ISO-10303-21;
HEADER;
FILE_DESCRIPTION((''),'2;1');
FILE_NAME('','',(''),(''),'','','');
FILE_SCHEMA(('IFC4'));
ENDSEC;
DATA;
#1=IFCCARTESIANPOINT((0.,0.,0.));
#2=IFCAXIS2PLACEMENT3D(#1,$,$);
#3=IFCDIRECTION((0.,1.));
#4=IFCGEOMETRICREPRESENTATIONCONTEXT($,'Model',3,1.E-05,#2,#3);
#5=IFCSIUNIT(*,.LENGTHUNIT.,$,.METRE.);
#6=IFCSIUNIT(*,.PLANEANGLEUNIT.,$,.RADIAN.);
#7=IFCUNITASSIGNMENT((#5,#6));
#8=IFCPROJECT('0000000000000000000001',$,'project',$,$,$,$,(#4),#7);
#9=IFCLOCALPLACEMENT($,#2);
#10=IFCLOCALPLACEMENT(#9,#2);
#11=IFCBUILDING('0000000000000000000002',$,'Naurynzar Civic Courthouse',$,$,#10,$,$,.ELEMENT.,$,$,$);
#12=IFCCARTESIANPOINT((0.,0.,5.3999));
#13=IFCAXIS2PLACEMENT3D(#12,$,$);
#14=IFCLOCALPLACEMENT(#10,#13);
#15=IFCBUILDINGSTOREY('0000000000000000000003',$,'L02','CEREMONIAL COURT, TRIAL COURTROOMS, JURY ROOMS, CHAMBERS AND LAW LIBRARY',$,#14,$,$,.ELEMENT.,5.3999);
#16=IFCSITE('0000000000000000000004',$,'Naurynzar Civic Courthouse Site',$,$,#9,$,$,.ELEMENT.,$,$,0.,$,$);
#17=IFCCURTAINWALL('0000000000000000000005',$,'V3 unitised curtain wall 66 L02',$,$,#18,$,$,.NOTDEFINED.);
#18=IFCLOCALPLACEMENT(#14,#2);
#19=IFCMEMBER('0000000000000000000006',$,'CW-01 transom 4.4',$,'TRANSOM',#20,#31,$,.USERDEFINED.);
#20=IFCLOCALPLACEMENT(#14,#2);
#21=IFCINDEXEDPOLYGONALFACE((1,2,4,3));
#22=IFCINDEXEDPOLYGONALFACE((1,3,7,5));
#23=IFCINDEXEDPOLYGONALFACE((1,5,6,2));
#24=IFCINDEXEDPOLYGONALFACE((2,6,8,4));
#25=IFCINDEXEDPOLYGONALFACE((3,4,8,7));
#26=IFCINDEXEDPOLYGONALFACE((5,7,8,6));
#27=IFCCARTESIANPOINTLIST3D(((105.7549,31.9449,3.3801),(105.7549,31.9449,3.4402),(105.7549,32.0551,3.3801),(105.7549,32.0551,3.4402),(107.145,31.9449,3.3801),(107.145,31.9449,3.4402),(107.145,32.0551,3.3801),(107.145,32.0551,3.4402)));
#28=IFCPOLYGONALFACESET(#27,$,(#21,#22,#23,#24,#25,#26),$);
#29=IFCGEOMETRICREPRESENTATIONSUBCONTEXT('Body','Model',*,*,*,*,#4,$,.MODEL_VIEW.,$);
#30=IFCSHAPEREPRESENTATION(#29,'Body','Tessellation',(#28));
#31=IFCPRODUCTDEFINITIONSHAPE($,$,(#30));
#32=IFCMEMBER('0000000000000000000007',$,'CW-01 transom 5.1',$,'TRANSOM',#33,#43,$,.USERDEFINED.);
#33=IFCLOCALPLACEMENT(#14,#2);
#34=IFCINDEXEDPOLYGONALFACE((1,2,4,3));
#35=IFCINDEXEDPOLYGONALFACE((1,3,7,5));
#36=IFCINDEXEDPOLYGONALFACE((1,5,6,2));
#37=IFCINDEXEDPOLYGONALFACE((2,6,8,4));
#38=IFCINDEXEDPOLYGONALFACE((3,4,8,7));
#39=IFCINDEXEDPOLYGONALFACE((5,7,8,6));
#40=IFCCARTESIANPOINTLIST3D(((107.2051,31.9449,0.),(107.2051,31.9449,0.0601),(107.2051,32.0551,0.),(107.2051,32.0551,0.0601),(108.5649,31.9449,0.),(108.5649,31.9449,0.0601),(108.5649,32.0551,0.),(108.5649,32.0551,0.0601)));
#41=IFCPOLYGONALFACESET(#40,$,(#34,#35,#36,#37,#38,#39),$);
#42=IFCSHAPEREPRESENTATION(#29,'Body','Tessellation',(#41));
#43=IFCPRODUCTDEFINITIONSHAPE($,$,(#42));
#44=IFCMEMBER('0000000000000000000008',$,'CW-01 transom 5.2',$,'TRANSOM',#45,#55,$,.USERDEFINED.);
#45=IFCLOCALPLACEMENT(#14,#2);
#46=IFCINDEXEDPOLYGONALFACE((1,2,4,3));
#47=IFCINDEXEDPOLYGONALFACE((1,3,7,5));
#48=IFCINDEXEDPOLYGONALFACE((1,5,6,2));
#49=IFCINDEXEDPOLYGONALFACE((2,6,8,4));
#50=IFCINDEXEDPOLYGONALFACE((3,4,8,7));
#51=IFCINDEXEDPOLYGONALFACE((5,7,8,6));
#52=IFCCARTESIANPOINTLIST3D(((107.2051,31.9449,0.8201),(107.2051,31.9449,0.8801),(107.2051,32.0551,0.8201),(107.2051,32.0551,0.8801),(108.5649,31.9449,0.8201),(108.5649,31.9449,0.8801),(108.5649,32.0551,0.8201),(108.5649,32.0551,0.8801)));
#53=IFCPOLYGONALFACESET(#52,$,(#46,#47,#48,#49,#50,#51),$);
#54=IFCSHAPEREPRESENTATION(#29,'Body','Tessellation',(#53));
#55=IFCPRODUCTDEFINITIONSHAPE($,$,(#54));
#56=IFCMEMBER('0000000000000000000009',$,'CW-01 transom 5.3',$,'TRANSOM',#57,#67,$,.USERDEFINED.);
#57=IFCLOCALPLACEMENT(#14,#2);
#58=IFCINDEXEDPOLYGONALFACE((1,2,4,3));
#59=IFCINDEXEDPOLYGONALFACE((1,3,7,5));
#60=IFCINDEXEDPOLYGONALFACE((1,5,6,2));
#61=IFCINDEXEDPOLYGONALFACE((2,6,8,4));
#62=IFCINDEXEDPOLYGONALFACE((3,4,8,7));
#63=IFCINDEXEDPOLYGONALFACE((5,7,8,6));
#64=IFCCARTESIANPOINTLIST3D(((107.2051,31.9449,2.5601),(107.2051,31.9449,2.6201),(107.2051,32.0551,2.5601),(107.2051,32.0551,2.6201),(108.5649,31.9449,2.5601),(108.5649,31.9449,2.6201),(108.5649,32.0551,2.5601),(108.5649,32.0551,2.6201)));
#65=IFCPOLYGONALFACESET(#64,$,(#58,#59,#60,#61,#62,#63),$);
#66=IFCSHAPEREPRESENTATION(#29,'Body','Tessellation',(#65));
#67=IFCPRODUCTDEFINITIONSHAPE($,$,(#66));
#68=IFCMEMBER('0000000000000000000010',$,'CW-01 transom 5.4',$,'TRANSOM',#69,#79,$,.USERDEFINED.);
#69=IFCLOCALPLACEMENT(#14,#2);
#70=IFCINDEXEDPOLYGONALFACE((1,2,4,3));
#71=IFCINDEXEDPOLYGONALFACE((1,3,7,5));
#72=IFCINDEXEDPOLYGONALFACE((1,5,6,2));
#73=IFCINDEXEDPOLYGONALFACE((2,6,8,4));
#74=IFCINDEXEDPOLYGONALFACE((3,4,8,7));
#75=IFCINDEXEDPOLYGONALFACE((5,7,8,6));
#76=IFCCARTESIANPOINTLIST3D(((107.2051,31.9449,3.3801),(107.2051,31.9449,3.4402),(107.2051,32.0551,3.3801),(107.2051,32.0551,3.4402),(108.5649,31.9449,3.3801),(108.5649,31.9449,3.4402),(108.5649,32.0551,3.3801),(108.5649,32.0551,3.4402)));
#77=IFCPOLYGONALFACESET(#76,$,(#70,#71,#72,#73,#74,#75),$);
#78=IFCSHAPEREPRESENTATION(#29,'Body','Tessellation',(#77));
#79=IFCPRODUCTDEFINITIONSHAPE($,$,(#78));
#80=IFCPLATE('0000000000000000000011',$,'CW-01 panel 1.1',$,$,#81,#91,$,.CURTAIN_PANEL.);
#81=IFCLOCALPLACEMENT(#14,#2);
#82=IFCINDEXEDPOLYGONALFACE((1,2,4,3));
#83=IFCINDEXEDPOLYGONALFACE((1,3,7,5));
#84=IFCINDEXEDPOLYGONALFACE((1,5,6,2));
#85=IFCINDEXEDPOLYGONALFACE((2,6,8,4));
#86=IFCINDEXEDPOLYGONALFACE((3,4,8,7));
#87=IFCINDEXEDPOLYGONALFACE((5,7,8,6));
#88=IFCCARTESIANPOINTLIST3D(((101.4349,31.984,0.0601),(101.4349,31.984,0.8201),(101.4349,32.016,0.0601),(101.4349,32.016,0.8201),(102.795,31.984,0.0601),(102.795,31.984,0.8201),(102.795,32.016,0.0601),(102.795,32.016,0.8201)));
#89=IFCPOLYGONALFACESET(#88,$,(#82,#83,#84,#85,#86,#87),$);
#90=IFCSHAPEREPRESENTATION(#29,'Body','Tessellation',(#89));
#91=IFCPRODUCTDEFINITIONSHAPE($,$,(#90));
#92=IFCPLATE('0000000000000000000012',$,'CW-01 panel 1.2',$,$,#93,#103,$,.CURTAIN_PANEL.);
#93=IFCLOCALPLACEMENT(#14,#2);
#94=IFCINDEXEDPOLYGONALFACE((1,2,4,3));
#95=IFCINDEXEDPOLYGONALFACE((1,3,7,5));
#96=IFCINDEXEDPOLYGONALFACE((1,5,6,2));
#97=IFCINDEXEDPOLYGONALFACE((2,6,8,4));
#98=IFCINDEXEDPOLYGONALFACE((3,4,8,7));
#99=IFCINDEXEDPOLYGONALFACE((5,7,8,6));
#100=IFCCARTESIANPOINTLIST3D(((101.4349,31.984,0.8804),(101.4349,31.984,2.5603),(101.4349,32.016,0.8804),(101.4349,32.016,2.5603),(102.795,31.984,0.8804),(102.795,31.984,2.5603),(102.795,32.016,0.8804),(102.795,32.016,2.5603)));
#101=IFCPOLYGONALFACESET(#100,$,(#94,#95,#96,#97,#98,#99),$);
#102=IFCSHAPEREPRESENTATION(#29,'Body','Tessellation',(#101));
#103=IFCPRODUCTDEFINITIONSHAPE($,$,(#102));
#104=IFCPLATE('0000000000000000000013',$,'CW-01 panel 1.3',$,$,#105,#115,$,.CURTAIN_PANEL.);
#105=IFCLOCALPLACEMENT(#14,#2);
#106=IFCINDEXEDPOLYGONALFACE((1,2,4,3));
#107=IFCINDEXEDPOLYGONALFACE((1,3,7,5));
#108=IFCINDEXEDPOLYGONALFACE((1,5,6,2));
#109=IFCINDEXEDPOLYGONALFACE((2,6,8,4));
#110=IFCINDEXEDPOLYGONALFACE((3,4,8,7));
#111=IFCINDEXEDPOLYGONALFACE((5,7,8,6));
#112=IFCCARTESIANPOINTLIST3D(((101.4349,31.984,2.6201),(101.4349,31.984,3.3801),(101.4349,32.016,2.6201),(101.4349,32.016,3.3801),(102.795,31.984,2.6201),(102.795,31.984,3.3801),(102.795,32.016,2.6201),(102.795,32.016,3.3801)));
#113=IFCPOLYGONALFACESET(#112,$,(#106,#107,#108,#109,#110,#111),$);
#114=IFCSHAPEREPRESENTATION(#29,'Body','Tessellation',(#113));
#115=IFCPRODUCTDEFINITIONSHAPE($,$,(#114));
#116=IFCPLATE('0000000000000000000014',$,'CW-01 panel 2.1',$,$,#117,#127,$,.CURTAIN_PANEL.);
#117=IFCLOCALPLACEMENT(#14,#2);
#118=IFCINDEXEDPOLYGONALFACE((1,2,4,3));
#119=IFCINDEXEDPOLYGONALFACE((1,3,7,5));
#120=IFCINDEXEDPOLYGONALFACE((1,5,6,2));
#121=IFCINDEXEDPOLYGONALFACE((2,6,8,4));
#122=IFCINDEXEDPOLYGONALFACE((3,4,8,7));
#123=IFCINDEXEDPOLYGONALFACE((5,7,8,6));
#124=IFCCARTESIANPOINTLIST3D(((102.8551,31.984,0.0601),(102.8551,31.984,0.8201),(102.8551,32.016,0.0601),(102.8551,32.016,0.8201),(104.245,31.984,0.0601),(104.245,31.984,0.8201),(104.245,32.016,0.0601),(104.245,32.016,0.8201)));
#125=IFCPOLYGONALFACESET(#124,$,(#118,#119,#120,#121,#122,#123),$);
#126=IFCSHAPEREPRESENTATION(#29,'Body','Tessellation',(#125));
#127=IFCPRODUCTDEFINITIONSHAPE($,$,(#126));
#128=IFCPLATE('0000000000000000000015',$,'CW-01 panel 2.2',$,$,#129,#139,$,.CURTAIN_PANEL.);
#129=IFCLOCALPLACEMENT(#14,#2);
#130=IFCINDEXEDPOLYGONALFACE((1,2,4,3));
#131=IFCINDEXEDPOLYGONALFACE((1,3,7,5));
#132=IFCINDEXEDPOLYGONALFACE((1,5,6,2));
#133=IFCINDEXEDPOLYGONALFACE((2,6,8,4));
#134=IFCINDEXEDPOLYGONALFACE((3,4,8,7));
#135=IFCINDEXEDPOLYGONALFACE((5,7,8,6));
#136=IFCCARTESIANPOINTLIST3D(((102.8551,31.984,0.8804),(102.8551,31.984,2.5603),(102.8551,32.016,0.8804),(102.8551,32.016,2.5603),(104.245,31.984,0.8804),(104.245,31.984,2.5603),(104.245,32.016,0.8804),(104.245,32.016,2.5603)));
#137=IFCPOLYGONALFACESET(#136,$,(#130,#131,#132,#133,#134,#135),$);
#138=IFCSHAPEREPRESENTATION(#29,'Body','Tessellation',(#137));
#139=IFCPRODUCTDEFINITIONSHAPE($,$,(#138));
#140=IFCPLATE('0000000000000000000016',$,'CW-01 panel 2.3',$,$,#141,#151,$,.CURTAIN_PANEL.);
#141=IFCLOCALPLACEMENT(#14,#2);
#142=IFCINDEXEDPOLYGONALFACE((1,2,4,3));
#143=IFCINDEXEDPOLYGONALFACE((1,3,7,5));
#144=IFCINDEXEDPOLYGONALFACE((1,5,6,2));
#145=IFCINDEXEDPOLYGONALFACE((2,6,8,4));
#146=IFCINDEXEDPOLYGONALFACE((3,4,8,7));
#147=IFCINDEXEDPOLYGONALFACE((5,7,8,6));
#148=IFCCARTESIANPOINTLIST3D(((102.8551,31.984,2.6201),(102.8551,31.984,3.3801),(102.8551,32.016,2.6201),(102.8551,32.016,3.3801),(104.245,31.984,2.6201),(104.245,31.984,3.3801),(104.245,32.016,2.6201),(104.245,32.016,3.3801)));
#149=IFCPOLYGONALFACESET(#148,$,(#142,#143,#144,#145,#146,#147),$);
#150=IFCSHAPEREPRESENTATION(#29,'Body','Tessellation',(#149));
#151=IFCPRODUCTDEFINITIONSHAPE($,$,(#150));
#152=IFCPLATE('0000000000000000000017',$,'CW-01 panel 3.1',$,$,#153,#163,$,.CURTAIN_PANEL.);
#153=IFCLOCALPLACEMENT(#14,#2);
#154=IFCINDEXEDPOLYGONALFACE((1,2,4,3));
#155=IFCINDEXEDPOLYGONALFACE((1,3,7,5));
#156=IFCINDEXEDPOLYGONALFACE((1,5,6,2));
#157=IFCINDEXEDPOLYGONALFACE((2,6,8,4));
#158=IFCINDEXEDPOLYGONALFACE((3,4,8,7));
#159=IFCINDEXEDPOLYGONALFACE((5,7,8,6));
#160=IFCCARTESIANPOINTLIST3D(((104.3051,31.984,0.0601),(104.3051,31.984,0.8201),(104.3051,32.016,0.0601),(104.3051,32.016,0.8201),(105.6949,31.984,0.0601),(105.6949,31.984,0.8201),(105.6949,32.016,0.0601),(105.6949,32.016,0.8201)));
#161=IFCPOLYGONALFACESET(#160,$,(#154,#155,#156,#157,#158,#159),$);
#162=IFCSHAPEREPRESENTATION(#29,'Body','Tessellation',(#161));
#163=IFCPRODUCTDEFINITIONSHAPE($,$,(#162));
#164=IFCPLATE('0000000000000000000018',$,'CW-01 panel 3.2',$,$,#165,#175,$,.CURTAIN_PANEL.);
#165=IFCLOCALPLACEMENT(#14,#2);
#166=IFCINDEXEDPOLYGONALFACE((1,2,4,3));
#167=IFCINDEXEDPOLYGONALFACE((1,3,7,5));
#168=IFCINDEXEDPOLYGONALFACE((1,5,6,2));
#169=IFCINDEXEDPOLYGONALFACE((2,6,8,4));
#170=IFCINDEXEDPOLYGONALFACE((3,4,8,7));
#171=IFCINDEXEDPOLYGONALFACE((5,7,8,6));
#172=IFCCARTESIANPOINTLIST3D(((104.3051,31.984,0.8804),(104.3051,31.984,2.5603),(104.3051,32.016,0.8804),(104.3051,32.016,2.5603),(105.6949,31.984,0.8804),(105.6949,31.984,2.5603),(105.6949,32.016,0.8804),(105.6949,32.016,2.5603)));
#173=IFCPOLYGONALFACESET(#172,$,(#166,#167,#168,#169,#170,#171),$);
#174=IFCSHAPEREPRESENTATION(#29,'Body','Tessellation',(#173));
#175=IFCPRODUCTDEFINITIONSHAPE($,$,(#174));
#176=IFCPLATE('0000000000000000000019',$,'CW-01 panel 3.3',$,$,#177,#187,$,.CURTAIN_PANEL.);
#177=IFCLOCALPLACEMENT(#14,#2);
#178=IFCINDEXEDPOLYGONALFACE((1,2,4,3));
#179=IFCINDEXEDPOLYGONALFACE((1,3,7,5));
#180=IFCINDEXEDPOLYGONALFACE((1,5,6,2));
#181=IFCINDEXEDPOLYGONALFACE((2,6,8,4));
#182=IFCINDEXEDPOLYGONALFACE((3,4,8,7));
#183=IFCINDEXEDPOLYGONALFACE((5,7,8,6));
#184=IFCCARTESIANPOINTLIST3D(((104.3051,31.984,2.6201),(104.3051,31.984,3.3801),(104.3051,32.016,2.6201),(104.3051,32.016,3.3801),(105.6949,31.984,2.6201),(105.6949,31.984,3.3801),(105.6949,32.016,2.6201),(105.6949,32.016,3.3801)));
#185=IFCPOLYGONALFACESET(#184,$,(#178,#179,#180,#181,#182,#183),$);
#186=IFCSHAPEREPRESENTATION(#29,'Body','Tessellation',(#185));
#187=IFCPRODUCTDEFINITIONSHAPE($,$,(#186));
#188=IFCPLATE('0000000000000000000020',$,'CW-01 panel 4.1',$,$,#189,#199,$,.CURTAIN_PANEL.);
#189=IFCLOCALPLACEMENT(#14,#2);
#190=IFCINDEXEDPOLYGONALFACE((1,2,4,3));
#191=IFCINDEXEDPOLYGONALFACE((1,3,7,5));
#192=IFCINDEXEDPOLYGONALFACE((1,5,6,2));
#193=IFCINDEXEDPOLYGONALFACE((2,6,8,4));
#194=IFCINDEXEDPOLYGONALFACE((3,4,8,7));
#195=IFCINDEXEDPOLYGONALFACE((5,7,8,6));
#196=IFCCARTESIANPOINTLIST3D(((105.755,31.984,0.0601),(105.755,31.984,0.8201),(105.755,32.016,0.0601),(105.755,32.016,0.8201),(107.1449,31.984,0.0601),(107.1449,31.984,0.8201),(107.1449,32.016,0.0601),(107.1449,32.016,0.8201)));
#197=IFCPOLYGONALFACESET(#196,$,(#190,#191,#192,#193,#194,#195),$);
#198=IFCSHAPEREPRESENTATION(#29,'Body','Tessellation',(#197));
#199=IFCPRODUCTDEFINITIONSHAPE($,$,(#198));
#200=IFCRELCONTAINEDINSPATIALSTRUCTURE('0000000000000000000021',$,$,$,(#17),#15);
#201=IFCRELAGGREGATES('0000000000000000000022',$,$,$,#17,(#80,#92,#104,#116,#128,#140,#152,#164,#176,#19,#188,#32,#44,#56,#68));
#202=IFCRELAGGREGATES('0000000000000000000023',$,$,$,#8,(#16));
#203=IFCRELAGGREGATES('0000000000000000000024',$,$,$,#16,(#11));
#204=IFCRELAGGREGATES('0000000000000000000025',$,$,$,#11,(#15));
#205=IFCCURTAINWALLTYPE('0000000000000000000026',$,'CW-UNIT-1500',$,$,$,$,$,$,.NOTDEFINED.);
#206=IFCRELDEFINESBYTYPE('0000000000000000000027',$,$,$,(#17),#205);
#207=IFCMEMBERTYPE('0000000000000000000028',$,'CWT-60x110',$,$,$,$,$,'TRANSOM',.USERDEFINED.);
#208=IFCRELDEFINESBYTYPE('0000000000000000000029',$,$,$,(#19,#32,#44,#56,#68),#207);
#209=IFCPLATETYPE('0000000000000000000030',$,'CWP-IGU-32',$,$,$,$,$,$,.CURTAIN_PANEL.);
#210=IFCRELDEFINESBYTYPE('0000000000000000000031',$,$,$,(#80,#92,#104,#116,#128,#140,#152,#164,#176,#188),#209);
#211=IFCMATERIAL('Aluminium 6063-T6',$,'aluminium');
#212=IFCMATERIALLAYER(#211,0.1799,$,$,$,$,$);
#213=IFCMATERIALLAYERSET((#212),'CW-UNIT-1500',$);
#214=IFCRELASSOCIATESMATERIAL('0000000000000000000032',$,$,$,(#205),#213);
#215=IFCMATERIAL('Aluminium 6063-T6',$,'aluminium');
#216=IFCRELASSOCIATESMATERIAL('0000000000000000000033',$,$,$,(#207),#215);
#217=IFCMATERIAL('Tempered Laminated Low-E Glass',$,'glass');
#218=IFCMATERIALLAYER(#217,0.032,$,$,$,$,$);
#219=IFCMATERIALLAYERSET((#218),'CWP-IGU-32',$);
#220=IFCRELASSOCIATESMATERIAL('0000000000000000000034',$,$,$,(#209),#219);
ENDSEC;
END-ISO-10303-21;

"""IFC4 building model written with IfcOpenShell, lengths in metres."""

from ifc_helpers import new_model, si_unit, direction, frame, origin, origin_2d, place, context, subcontext, project, spatial, rectangle, extrude, material, layer, layer_set, material_profile, profile_set, type_object, element, aggregate, save


model = new_model("IFC4")

# Units and contexts
model_context = context("Model", 3, precision=1e-05, world=origin(), true_north=direction((0.0, 1.0)))
body_context = subcontext(model_context, "Body", "Model", "MODEL_VIEW")
ifc_project = project(units=[si_unit("LENGTHUNIT", "METRE"), si_unit("PLANEANGLEUNIT", "RADIAN")], contexts=[model_context])

# Site, building, storey
site_placement = place(None, origin())
site = spatial("IfcSite", under=ifc_project, at=site_placement, Name="Naurynzar Civic Courthouse Site", CompositionType="ELEMENT", RefElevation=0.0)
building_placement = place(site_placement, origin())
building = spatial("IfcBuilding", under=site, at=building_placement, Name="Naurynzar Civic Courthouse", CompositionType="ELEMENT")
storey_placement = place(building_placement, frame((0.0, 0.0, 5.3999)))
storey = spatial("IfcBuildingStorey", under=building, at=storey_placement, Name="L02", Description="CEREMONIAL COURT, TRIAL COURTROOMS, JURY ROOMS, CHAMBERS AND LAW LIBRARY", CompositionType="ELEMENT", Elevation=5.3999)

# Curtain wall, members, plates
ifc_material_1 = material(Name="Aluminium 6063-T6", Category="aluminium")
ifc_layer_1 = layer(ifc_material_1, 0.1799)
ifc_layer_set_1 = layer_set([ifc_layer_1], Name="CW-UNIT-1500")
curtain_wall_type = type_object("IfcCurtainWallType", Name="CW-UNIT-1500", PredefinedType="NOTDEFINED", material=ifc_layer_set_1)
curtain_wall_placement = place(storey_placement, origin())
curtain_wall = element("IfcCurtainWall", 1, at=curtain_wall_placement, inside=storey, type_object=curtain_wall_type, Name="V3 unitised curtain wall 66 L02", PredefinedType="NOTDEFINED")
ifc_material_2 = material(Name="Aluminium 6063-T6", Category="aluminium")
ifc_material_profile_1 = material_profile(ifc_material_2, rectangle(XDim=0.1101, YDim=0.0601, at=origin_2d()), Name="ALU TRANSOM 60x110")
ifc_profile_set_1 = profile_set([ifc_material_profile_1], Name="Aluminium 6063-T6")
member_type_1 = type_object("IfcMemberType", Name="CWT-60x110", ElementType="TRANSOM", PredefinedType="USERDEFINED", material=ifc_profile_set_1)
member_1_placement = place(storey_placement, frame((105.7549, 32.0, 3.4102), z_axis=(1.0, 0.0, 0.0), x_axis=(0.0, 1.0, 0.0)))
member_1 = element("IfcMember", 2, at=member_1_placement, type_object=member_type_1, Name="CW-01 transom 4.4", ObjectType="TRANSOM", PredefinedType="USERDEFINED", context=body_context, shape_type="SweptSolid", body=[
    extrude(rectangle(XDim=0.1101, YDim=0.0601, at=origin_2d()), origin(), (0.0, 0.0, 1.0), 1.3901),
])
member_2_placement = place(storey_placement, frame((107.2051, 32.0, 0.03), z_axis=(1.0, 0.0, 0.0), x_axis=(0.0, 1.0, 0.0)))
member_2 = element("IfcMember", 3, at=member_2_placement, type_object=member_type_1, Name="CW-01 transom 5.1", ObjectType="TRANSOM", PredefinedType="USERDEFINED", context=body_context, shape_type="SweptSolid", body=[
    extrude(rectangle(XDim=0.1101, YDim=0.0601, at=origin_2d()), origin(), (0.0, 0.0, 1.0), 1.3599),
])
member_3_placement = place(storey_placement, frame((107.2051, 32.0, 0.8501), z_axis=(1.0, 0.0, 0.0), x_axis=(0.0, 1.0, 0.0)))
member_3 = element("IfcMember", 4, at=member_3_placement, type_object=member_type_1, Name="CW-01 transom 5.2", ObjectType="TRANSOM", PredefinedType="USERDEFINED", context=body_context, shape_type="SweptSolid", body=[
    extrude(rectangle(XDim=0.1101, YDim=0.0601, at=origin_2d()), origin(), (0.0, 0.0, 1.0), 1.3599),
])
member_4_placement = place(storey_placement, frame((107.2051, 32.0, 2.5901), z_axis=(1.0, 0.0, 0.0), x_axis=(0.0, 1.0, 0.0)))
member_4 = element("IfcMember", 5, at=member_4_placement, type_object=member_type_1, Name="CW-01 transom 5.3", ObjectType="TRANSOM", PredefinedType="USERDEFINED", context=body_context, shape_type="SweptSolid", body=[
    extrude(rectangle(XDim=0.1101, YDim=0.0601, at=origin_2d()), origin(), (0.0, 0.0, 1.0), 1.3599),
])
member_5_placement = place(storey_placement, frame((107.2051, 32.0, 3.4102), z_axis=(1.0, 0.0, 0.0), x_axis=(0.0, 1.0, 0.0)))
member_5 = element("IfcMember", 6, at=member_5_placement, type_object=member_type_1, Name="CW-01 transom 5.4", ObjectType="TRANSOM", PredefinedType="USERDEFINED", context=body_context, shape_type="SweptSolid", body=[
    extrude(rectangle(XDim=0.1101, YDim=0.0601, at=origin_2d()), origin(), (0.0, 0.0, 1.0), 1.3599),
])
ifc_material_3 = material(Name="Tempered Laminated Low-E Glass", Category="glass")
ifc_layer_2 = layer(ifc_material_3, 0.032)
ifc_layer_set_2 = layer_set([ifc_layer_2], Name="CWP-IGU-32")
plate_type = type_object("IfcPlateType", Name="CWP-IGU-32", PredefinedType="CURTAIN_PANEL", material=ifc_layer_set_2)
plate_1_placement = place(storey_placement, frame((102.115, 32.0, 0.0601), z_axis=(0.0, 0.0, 1.0), x_axis=(1.0, 0.0, 0.0)))
plate_1 = element("IfcPlate", 7, at=plate_1_placement, type_object=plate_type, Name="CW-01 panel 1.1", PredefinedType="CURTAIN_PANEL", context=body_context, shape_type="SweptSolid", body=[
    extrude(rectangle(XDim=1.3601, YDim=0.032, at=origin_2d()), origin(), (0.0, 0.0, 1.0), 0.76),
])
plate_2_placement = place(storey_placement, frame((102.115, 32.0, 0.8804), z_axis=(0.0, 0.0, 1.0), x_axis=(1.0, 0.0, 0.0)))
plate_2 = element("IfcPlate", 8, at=plate_2_placement, type_object=plate_type, Name="CW-01 panel 1.2", PredefinedType="CURTAIN_PANEL", context=body_context, shape_type="SweptSolid", body=[
    extrude(rectangle(XDim=1.3601, YDim=0.032, at=origin_2d()), origin(), (0.0, 0.0, 1.0), 1.6799),
])
plate_3_placement = place(storey_placement, frame((102.115, 32.0, 2.6201), z_axis=(0.0, 0.0, 1.0), x_axis=(1.0, 0.0, 0.0)))
plate_3 = element("IfcPlate", 9, at=plate_3_placement, type_object=plate_type, Name="CW-01 panel 1.3", PredefinedType="CURTAIN_PANEL", context=body_context, shape_type="SweptSolid", body=[
    extrude(rectangle(XDim=1.3601, YDim=0.032, at=origin_2d()), origin(), (0.0, 0.0, 1.0), 0.76),
])
plate_4_placement = place(storey_placement, frame((103.55, 32.0, 0.0601), z_axis=(0.0, 0.0, 1.0), x_axis=(1.0, 0.0, 0.0)))
plate_4 = element("IfcPlate", 10, at=plate_4_placement, type_object=plate_type, Name="CW-01 panel 2.1", PredefinedType="CURTAIN_PANEL", context=body_context, shape_type="SweptSolid", body=[
    extrude(rectangle(XDim=1.3899, YDim=0.032, at=origin_2d()), origin(), (0.0, 0.0, 1.0), 0.76),
])
plate_5_placement = place(storey_placement, frame((103.55, 32.0, 0.8804), z_axis=(0.0, 0.0, 1.0), x_axis=(1.0, 0.0, 0.0)))
plate_5 = element("IfcPlate", 11, at=plate_5_placement, type_object=plate_type, Name="CW-01 panel 2.2", PredefinedType="CURTAIN_PANEL", context=body_context, shape_type="SweptSolid", body=[
    extrude(rectangle(XDim=1.3899, YDim=0.032, at=origin_2d()), origin(), (0.0, 0.0, 1.0), 1.6799),
])
plate_6_placement = place(storey_placement, frame((103.55, 32.0, 2.6201), z_axis=(0.0, 0.0, 1.0), x_axis=(1.0, 0.0, 0.0)))
plate_6 = element("IfcPlate", 12, at=plate_6_placement, type_object=plate_type, Name="CW-01 panel 2.3", PredefinedType="CURTAIN_PANEL", context=body_context, shape_type="SweptSolid", body=[
    extrude(rectangle(XDim=1.3899, YDim=0.032, at=origin_2d()), origin(), (0.0, 0.0, 1.0), 0.76),
])
plate_7_placement = place(storey_placement, frame((105.0, 32.0, 0.0601), z_axis=(0.0, 0.0, 1.0), x_axis=(1.0, 0.0, 0.0)))
plate_7 = element("IfcPlate", 13, at=plate_7_placement, type_object=plate_type, Name="CW-01 panel 3.1", PredefinedType="CURTAIN_PANEL", context=body_context, shape_type="SweptSolid", body=[
    extrude(rectangle(XDim=1.3899, YDim=0.032, at=origin_2d()), origin(), (0.0, 0.0, 1.0), 0.76),
])
plate_8_placement = place(storey_placement, frame((105.0, 32.0, 0.8804), z_axis=(0.0, 0.0, 1.0), x_axis=(1.0, 0.0, 0.0)))
plate_8 = element("IfcPlate", 14, at=plate_8_placement, type_object=plate_type, Name="CW-01 panel 3.2", PredefinedType="CURTAIN_PANEL", context=body_context, shape_type="SweptSolid", body=[
    extrude(rectangle(XDim=1.3899, YDim=0.032, at=origin_2d()), origin(), (0.0, 0.0, 1.0), 1.6799),
])
plate_9_placement = place(storey_placement, frame((105.0, 32.0, 2.6201), z_axis=(0.0, 0.0, 1.0), x_axis=(1.0, 0.0, 0.0)))
plate_9 = element("IfcPlate", 15, at=plate_9_placement, type_object=plate_type, Name="CW-01 panel 3.3", PredefinedType="CURTAIN_PANEL", context=body_context, shape_type="SweptSolid", body=[
    extrude(rectangle(XDim=1.3899, YDim=0.032, at=origin_2d()), origin(), (0.0, 0.0, 1.0), 0.76),
])
plate_10_placement = place(storey_placement, frame((106.45, 32.0, 0.0601), z_axis=(0.0, 0.0, 1.0), x_axis=(1.0, 0.0, 0.0)))
plate_10 = element("IfcPlate", 16, at=plate_10_placement, type_object=plate_type, Name="CW-01 panel 4.1", PredefinedType="CURTAIN_PANEL", context=body_context, shape_type="SweptSolid", body=[
    extrude(rectangle(XDim=1.3899, YDim=0.032, at=origin_2d()), origin(), (0.0, 0.0, 1.0), 0.76),
])
aggregate(curtain_wall, [plate_1, plate_2, plate_3, plate_4, plate_5, plate_6, plate_7, plate_8, plate_9, member_1, plate_10, member_2, member_3, member_4, member_5])

save(model, "model.ifc")
